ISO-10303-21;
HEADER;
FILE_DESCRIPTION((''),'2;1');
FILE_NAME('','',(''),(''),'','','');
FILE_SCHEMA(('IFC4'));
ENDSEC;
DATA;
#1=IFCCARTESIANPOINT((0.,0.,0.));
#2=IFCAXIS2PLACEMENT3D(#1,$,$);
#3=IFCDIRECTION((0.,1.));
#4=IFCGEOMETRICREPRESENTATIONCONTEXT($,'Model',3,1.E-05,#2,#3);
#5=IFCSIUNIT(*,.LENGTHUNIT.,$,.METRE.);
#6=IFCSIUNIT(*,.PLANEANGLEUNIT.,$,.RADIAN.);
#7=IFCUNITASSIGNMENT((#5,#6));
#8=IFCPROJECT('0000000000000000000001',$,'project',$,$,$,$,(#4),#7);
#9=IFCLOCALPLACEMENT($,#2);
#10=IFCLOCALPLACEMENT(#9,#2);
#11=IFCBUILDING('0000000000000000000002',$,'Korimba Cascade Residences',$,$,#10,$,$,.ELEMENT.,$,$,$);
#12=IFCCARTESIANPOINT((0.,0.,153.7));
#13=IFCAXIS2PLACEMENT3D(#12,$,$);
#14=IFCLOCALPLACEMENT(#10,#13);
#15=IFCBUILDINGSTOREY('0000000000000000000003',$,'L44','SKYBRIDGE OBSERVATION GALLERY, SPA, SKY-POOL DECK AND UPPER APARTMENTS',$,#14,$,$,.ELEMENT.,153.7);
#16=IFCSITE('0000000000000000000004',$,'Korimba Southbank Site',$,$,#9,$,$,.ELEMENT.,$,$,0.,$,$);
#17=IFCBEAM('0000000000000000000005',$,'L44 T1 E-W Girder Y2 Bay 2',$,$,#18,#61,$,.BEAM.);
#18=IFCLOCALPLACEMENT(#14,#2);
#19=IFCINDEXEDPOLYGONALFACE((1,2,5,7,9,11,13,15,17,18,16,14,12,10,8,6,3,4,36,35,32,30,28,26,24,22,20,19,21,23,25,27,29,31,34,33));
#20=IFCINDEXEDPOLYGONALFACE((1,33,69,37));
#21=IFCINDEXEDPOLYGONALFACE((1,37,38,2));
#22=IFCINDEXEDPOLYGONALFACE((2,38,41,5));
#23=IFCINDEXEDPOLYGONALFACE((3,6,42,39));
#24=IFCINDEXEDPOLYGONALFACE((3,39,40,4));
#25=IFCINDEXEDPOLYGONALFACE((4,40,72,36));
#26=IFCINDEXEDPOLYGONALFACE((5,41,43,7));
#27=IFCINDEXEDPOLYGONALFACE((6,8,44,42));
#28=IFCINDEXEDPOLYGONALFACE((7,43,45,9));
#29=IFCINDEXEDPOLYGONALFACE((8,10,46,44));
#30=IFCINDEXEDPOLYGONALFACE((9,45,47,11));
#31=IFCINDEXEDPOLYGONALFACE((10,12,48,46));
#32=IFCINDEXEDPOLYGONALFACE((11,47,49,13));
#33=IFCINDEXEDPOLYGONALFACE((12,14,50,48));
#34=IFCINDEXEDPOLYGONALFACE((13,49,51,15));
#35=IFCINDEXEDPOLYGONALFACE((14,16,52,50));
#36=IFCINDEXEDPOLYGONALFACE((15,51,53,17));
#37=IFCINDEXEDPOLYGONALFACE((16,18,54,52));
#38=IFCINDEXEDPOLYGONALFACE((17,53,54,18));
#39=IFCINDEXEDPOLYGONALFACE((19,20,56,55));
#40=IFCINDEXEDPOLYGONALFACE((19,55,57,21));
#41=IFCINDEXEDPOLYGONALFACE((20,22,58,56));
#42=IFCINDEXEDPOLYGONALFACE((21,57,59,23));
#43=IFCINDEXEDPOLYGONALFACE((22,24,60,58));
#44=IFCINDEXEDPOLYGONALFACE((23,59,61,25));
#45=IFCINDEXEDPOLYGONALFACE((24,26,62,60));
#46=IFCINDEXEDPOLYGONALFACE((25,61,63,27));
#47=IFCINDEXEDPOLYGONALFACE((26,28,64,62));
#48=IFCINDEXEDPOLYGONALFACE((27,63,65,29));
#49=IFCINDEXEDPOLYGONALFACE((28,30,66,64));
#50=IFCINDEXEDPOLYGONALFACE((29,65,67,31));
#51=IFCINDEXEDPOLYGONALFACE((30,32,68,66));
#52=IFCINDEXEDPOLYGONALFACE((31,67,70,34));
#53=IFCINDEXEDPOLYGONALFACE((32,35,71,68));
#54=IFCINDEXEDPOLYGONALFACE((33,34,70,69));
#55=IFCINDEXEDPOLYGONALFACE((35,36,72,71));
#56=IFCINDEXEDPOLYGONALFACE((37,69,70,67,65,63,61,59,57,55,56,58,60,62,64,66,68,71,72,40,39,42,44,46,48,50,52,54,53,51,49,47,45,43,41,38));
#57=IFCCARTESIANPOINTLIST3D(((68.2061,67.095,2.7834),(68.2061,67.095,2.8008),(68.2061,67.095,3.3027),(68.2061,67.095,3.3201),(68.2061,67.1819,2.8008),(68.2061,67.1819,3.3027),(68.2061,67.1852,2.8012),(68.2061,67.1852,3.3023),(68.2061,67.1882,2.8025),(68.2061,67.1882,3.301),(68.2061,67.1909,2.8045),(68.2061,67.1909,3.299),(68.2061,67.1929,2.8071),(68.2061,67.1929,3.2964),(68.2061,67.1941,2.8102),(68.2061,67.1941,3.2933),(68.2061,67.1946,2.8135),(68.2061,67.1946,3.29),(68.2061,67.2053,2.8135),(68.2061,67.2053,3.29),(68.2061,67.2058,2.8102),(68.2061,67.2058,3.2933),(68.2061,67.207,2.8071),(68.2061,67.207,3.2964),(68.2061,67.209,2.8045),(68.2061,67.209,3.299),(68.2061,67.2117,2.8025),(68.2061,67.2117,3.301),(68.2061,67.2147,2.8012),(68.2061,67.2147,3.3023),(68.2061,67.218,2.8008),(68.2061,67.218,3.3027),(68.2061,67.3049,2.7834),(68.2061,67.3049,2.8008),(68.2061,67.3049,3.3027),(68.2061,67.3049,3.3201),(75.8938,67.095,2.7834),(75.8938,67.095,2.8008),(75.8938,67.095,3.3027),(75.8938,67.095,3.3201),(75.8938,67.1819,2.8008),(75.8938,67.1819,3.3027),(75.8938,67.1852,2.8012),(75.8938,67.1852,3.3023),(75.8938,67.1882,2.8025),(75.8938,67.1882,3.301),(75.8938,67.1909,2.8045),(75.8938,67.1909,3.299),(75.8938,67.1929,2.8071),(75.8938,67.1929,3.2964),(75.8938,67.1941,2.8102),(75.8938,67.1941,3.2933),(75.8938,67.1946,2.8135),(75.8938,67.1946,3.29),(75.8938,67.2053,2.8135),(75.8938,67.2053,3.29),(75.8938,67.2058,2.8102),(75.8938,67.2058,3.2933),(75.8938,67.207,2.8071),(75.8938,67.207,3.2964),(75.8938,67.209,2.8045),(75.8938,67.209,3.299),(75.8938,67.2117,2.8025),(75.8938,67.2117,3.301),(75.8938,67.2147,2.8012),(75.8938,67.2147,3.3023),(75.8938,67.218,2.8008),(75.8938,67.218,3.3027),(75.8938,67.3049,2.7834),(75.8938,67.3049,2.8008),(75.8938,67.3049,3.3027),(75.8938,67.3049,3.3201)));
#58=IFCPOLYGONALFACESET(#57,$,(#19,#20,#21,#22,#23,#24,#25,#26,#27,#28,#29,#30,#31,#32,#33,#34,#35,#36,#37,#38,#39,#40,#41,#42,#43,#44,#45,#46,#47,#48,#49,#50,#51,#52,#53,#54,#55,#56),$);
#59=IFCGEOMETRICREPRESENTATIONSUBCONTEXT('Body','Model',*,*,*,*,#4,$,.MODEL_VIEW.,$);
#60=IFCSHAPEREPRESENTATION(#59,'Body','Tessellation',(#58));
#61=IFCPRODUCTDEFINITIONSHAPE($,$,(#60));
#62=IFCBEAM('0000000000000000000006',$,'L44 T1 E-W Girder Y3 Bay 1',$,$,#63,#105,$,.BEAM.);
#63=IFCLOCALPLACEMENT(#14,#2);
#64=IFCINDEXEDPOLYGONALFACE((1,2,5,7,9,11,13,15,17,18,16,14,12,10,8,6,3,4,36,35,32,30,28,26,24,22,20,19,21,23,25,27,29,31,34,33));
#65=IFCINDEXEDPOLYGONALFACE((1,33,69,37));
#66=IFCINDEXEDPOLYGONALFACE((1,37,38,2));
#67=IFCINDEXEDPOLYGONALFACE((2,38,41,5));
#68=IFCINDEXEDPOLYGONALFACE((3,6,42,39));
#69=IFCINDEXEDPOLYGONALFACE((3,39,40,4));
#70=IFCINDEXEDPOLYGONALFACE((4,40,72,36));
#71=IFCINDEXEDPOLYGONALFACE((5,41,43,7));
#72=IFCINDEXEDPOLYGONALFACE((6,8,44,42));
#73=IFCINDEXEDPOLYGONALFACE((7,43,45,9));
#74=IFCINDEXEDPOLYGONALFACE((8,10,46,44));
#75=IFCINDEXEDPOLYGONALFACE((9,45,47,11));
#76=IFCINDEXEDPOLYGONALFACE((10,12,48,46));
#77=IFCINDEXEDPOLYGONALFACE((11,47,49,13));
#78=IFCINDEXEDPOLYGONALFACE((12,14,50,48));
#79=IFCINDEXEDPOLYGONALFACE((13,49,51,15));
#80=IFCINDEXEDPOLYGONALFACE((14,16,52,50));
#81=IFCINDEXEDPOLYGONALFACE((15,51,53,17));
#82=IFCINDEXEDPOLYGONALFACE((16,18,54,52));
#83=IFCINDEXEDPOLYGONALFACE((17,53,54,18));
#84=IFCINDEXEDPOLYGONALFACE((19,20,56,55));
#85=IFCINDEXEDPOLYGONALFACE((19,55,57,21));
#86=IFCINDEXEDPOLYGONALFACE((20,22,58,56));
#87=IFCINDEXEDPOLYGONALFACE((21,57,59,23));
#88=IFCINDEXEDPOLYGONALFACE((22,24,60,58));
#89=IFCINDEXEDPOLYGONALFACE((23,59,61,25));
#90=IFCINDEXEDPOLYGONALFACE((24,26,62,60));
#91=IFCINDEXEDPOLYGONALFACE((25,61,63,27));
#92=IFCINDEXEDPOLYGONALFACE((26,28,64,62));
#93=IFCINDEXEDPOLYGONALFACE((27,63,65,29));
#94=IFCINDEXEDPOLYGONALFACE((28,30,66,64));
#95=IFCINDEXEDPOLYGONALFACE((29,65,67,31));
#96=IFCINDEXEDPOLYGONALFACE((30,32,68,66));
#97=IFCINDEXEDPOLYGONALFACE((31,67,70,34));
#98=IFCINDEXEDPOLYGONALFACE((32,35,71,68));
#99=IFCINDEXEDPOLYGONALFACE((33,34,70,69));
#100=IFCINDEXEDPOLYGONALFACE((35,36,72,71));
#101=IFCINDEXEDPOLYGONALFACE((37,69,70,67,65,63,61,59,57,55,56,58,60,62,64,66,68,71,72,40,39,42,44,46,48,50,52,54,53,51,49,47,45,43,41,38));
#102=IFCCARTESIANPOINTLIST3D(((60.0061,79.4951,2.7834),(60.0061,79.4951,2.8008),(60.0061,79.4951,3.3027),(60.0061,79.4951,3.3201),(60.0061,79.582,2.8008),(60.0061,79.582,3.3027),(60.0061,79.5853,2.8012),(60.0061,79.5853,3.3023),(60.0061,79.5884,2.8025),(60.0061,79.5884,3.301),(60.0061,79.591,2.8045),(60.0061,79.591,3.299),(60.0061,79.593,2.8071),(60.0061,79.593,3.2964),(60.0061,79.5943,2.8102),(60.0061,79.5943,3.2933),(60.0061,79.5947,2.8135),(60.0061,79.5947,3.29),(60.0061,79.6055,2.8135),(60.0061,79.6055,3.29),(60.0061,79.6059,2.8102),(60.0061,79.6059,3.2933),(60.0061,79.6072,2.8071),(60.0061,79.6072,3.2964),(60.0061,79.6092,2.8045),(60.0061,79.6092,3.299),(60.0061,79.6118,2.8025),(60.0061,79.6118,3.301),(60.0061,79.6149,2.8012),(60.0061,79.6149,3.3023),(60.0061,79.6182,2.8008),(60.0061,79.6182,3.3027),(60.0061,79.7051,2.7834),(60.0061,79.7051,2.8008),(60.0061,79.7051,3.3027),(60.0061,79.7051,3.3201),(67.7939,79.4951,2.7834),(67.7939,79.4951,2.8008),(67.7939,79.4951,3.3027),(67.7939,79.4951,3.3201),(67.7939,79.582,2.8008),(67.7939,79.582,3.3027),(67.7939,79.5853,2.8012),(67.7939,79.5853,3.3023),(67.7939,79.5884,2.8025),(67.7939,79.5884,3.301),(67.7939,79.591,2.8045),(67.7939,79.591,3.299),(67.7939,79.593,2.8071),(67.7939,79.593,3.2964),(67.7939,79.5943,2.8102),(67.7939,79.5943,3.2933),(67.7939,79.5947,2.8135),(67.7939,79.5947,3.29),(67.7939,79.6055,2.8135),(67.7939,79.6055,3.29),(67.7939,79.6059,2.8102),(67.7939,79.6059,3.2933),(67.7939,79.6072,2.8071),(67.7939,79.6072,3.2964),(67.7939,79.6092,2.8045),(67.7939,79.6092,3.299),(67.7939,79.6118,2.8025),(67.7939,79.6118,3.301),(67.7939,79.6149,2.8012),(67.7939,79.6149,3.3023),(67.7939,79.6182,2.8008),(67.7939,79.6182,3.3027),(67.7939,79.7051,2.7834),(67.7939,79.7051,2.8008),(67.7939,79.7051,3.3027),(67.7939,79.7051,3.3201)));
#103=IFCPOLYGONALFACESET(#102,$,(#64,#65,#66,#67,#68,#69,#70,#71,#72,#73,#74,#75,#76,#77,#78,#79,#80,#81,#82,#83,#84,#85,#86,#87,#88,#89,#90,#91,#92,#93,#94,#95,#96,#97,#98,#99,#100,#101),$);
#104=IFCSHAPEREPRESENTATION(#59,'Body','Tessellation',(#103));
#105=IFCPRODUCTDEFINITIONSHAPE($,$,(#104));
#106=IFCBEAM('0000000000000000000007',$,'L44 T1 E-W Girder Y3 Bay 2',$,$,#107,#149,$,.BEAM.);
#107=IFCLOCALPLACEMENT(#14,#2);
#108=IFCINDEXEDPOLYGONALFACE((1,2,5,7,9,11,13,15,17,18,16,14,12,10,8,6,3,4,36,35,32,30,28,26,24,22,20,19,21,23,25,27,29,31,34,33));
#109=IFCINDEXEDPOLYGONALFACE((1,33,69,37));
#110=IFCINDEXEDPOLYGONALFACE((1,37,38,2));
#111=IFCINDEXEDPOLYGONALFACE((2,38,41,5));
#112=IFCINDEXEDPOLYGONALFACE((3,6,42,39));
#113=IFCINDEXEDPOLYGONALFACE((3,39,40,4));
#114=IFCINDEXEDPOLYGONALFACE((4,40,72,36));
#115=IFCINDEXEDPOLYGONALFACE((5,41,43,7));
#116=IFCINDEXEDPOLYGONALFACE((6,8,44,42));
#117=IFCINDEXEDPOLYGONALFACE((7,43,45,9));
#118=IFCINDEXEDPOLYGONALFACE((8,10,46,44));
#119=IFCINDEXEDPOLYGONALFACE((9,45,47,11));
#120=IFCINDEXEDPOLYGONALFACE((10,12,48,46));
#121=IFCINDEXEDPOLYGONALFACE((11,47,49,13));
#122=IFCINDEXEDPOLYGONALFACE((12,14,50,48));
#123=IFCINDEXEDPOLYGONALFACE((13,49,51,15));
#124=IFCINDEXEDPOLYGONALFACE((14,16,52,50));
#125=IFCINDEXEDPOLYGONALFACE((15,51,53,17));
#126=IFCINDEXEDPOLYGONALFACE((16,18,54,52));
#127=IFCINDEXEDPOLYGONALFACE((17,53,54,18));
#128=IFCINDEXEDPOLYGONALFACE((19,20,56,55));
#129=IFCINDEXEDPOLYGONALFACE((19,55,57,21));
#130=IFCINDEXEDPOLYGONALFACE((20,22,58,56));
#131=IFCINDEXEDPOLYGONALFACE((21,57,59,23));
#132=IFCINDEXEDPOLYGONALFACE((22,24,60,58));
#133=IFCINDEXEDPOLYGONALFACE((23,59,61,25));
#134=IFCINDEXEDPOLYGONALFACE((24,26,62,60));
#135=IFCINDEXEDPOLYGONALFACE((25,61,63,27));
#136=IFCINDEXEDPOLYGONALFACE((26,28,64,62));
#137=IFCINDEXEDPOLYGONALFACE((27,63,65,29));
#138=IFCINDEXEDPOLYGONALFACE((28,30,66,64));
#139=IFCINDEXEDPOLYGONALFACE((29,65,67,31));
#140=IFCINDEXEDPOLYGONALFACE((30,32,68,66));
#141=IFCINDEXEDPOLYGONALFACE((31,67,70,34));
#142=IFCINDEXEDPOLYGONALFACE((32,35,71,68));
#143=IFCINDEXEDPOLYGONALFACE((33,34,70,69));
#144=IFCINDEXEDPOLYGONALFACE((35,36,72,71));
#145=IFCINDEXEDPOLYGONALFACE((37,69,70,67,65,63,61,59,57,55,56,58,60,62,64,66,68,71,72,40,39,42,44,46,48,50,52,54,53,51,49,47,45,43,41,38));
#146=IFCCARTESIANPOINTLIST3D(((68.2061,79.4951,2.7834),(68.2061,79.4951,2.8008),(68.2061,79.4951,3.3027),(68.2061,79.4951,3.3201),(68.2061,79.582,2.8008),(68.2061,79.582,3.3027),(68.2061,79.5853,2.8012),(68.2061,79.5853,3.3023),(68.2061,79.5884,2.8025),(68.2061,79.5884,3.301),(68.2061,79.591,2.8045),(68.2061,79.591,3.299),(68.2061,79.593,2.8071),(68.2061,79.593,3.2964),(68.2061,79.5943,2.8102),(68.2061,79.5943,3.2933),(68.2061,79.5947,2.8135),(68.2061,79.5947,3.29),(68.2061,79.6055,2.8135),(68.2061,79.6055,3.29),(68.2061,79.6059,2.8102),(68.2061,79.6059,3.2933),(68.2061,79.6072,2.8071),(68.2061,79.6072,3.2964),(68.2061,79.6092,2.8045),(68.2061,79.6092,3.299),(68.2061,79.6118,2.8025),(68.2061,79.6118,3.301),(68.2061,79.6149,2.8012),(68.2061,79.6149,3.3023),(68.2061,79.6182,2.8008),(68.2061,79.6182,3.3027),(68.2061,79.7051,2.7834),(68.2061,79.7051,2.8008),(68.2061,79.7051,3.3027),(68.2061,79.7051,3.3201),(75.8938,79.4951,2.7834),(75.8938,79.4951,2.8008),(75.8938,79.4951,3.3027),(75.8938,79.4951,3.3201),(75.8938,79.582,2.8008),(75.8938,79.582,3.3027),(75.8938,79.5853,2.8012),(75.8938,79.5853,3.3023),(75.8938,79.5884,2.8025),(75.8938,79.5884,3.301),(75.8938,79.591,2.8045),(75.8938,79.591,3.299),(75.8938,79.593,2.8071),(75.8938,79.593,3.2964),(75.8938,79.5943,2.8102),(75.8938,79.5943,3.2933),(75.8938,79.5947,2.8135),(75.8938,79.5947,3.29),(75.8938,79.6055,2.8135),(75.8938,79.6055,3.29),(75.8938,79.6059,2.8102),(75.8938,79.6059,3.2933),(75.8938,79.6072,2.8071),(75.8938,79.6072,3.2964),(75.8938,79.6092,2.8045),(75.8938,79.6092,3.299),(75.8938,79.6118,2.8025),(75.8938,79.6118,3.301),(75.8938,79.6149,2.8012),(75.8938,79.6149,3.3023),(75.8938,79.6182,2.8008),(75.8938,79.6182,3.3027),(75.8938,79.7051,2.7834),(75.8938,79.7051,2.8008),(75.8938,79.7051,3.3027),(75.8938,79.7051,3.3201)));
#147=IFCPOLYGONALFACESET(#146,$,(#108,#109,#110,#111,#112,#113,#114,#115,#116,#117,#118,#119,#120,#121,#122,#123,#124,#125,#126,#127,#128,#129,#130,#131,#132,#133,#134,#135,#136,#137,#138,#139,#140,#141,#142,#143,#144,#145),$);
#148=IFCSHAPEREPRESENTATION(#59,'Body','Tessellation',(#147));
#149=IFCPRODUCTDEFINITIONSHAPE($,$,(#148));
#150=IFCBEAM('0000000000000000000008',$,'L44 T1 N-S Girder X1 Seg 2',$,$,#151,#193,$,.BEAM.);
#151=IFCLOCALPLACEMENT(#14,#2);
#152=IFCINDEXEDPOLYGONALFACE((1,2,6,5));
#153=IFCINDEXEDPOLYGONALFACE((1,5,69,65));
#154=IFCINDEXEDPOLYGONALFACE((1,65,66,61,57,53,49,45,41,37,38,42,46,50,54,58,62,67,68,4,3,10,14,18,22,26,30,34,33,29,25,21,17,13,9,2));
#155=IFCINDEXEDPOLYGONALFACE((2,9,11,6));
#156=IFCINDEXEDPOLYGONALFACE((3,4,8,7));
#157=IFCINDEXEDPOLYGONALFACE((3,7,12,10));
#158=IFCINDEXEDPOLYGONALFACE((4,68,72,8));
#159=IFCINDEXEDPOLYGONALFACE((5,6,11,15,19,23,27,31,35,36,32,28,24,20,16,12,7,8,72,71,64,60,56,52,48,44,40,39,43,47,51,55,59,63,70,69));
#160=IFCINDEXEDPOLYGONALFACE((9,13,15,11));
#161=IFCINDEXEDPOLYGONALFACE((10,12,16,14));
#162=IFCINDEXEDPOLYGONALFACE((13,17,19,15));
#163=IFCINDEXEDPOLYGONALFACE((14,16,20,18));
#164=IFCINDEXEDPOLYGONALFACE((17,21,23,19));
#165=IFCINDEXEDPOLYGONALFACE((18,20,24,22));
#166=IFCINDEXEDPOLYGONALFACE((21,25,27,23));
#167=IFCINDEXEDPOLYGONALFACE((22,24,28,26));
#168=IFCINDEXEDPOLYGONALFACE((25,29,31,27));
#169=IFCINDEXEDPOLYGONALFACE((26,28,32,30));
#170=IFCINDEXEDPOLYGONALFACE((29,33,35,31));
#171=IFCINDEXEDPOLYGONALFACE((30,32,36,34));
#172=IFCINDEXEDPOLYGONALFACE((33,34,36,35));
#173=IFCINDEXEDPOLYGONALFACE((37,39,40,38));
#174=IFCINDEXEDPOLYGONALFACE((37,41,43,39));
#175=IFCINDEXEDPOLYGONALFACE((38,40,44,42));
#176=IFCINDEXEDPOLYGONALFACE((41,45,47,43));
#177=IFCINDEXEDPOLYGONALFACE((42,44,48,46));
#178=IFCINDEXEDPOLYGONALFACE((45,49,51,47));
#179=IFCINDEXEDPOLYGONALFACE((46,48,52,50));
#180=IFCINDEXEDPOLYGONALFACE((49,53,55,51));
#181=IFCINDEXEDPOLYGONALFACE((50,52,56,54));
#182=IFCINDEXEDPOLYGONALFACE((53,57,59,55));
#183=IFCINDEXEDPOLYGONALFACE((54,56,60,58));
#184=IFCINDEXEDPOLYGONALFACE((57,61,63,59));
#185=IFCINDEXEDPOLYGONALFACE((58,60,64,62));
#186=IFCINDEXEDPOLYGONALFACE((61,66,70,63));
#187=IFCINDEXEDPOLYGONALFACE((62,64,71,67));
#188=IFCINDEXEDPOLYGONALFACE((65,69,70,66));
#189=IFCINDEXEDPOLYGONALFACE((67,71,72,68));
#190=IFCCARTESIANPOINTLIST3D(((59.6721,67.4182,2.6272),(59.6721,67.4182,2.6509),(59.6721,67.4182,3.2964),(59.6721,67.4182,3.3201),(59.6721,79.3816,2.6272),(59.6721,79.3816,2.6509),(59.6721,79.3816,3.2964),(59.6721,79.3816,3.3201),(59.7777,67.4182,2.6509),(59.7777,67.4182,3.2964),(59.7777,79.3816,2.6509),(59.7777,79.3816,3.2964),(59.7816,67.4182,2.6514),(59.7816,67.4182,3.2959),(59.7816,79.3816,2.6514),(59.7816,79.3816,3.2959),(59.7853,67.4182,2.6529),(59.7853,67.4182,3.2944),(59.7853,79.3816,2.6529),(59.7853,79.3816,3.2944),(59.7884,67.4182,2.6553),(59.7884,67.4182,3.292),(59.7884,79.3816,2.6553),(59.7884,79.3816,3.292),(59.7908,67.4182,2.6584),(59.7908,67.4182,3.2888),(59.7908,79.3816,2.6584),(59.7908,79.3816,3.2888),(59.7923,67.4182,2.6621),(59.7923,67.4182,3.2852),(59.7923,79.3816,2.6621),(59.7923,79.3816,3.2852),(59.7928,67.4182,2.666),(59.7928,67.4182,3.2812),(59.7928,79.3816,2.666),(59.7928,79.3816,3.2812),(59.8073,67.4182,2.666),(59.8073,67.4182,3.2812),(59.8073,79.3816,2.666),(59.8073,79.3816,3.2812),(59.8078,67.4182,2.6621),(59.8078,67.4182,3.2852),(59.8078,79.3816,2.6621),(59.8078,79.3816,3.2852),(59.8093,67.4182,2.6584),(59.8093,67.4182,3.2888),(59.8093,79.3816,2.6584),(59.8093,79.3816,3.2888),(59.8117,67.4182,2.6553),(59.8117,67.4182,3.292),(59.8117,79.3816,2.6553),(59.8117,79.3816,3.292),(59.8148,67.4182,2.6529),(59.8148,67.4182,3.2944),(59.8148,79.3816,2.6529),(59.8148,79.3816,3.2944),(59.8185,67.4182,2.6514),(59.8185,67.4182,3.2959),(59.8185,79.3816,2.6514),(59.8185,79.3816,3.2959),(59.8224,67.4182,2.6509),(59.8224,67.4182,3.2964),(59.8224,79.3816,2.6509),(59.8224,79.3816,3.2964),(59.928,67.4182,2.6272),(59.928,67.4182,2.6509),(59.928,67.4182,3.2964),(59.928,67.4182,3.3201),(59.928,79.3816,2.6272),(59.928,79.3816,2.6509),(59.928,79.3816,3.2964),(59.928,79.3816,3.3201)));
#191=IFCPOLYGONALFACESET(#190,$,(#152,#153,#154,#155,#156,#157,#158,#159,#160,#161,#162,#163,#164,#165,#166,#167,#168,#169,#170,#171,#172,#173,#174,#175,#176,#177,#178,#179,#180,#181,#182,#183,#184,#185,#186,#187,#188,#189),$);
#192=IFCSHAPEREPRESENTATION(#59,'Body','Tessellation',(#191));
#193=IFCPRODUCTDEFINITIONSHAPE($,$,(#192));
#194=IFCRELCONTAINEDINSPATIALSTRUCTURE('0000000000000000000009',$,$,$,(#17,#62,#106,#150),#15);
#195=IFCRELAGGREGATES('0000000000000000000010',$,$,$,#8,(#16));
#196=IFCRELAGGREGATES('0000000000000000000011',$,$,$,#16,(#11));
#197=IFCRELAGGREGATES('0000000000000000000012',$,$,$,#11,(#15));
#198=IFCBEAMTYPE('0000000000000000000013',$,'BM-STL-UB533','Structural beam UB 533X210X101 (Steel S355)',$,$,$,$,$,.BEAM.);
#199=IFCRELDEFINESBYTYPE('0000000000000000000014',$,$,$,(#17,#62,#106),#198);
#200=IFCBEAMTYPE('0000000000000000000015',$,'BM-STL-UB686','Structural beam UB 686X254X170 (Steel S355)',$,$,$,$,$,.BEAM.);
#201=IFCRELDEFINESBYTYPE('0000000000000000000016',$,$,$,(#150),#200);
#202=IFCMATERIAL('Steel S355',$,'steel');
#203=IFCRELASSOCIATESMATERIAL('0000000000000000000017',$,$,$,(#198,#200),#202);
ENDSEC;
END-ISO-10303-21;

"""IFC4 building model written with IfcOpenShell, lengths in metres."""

from ifc_helpers import new_model, si_unit, direction, frame, origin, origin_2d, place, context, subcontext, project, spatial, i_section, extrude, material, material_profile, profile_set, type_object, element, save


model = new_model("IFC4")

# Units and contexts
model_context = context("Model", 3, precision=1e-05, world=origin(), true_north=direction((0.0, 1.0)))
body_context = subcontext(model_context, "Body", "Model", "MODEL_VIEW")
ifc_project = project(units=[si_unit("LENGTHUNIT", "METRE"), si_unit("PLANEANGLEUNIT", "RADIAN")], contexts=[model_context])

# Site, building, storey
site_placement = place(None, origin())
site = spatial("IfcSite", under=ifc_project, at=site_placement, Name="Korimba Southbank Site", CompositionType="ELEMENT", RefElevation=0.0)
building_placement = place(site_placement, origin())
building = spatial("IfcBuilding", under=site, at=building_placement, Name="Korimba Cascade Residences", CompositionType="ELEMENT")
storey_placement = place(building_placement, frame((0.0, 0.0, 153.7)))
storey = spatial("IfcBuildingStorey", under=building, at=storey_placement, Name="L44", Description="SKYBRIDGE OBSERVATION GALLERY, SPA, SKY-POOL DECK AND UPPER APARTMENTS", CompositionType="ELEMENT", Elevation=153.7)

# Beams
ifc_material_1 = material(Name="Steel S355", Category="steel")
ifc_material_profile_1 = material_profile(ifc_material_1, i_section(OverallWidth=0.21, OverallDepth=0.5366, WebThickness=0.0107, FlangeThickness=0.0173, FilletRadius=0.0127, at=origin_2d()), Name="Steel S355")
ifc_profile_set_1 = profile_set([ifc_material_profile_1], Name="Steel S355")
beam_type_1 = type_object("IfcBeamType", Name="BM-STL-UB533", Description="Structural beam UB 533X210X101 (Steel S355)", PredefinedType="BEAM", material=ifc_profile_set_1)
beam_1_placement = place(storey_placement, frame((68.2061, 67.2, 3.0518), z_axis=(1.0, 0.0, 0.0), x_axis=(0.0, 1.0, 0.0)))
element("IfcBeam", 1, at=beam_1_placement, inside=storey, type_object=beam_type_1, Name="L44 T1 E-W Girder Y2 Bay 2", PredefinedType="BEAM", context=body_context, shape_type="SweptSolid", body=[
    extrude(i_section(OverallWidth=0.21, OverallDepth=0.5366, WebThickness=0.0107, FlangeThickness=0.0173, FilletRadius=0.0127, at=origin_2d()), origin(), (0.0, 0.0, 1.0), 7.6877),
])
beam_2_placement = place(storey_placement, frame((60.0061, 79.6001, 3.0518), z_axis=(1.0, 0.0, 0.0), x_axis=(0.0, 1.0, 0.0)))
element("IfcBeam", 2, at=beam_2_placement, inside=storey, type_object=beam_type_1, Name="L44 T1 E-W Girder Y3 Bay 1", PredefinedType="BEAM", context=body_context, shape_type="SweptSolid", body=[
    extrude(i_section(OverallWidth=0.21, OverallDepth=0.5366, WebThickness=0.0107, FlangeThickness=0.0173, FilletRadius=0.0127, at=origin_2d()), origin(), (0.0, 0.0, 1.0), 7.7878),
])
beam_3_placement = place(storey_placement, frame((68.2061, 79.6001, 3.0518), z_axis=(1.0, 0.0, 0.0), x_axis=(0.0, 1.0, 0.0)))
element("IfcBeam", 3, at=beam_3_placement, inside=storey, type_object=beam_type_1, Name="L44 T1 E-W Girder Y3 Bay 2", PredefinedType="BEAM", context=body_context, shape_type="SweptSolid", body=[
    extrude(i_section(OverallWidth=0.21, OverallDepth=0.5366, WebThickness=0.0107, FlangeThickness=0.0173, FilletRadius=0.0127, at=origin_2d()), origin(), (0.0, 0.0, 1.0), 7.6877),
])
ifc_material_profile_2 = material_profile(ifc_material_1, i_section(OverallWidth=0.2559, OverallDepth=0.6929, WebThickness=0.0144, FlangeThickness=0.0237, FilletRadius=0.0151, at=origin_2d()), Name="Steel S355")
ifc_profile_set_2 = profile_set([ifc_material_profile_2], Name="Steel S355")
beam_type_2 = type_object("IfcBeamType", Name="BM-STL-UB686", Description="Structural beam UB 686X254X170 (Steel S355)", PredefinedType="BEAM", material=ifc_profile_set_2)
beam_4_placement = place(storey_placement, frame((59.8, 67.4182, 2.9736), z_axis=(0.0, 1.0, 0.0), x_axis=(-1.0, 0.0, 0.0)))
element("IfcBeam", 4, at=beam_4_placement, inside=storey, type_object=beam_type_2, Name="L44 T1 N-S Girder X1 Seg 2", PredefinedType="BEAM", context=body_context, shape_type="SweptSolid", body=[
    extrude(i_section(OverallWidth=0.2559, OverallDepth=0.6929, WebThickness=0.0144, FlangeThickness=0.0237, FilletRadius=0.0151, at=origin_2d()), origin(), (0.0, 0.0, 1.0), 11.9634),
])

save(model, "model.ifc")
